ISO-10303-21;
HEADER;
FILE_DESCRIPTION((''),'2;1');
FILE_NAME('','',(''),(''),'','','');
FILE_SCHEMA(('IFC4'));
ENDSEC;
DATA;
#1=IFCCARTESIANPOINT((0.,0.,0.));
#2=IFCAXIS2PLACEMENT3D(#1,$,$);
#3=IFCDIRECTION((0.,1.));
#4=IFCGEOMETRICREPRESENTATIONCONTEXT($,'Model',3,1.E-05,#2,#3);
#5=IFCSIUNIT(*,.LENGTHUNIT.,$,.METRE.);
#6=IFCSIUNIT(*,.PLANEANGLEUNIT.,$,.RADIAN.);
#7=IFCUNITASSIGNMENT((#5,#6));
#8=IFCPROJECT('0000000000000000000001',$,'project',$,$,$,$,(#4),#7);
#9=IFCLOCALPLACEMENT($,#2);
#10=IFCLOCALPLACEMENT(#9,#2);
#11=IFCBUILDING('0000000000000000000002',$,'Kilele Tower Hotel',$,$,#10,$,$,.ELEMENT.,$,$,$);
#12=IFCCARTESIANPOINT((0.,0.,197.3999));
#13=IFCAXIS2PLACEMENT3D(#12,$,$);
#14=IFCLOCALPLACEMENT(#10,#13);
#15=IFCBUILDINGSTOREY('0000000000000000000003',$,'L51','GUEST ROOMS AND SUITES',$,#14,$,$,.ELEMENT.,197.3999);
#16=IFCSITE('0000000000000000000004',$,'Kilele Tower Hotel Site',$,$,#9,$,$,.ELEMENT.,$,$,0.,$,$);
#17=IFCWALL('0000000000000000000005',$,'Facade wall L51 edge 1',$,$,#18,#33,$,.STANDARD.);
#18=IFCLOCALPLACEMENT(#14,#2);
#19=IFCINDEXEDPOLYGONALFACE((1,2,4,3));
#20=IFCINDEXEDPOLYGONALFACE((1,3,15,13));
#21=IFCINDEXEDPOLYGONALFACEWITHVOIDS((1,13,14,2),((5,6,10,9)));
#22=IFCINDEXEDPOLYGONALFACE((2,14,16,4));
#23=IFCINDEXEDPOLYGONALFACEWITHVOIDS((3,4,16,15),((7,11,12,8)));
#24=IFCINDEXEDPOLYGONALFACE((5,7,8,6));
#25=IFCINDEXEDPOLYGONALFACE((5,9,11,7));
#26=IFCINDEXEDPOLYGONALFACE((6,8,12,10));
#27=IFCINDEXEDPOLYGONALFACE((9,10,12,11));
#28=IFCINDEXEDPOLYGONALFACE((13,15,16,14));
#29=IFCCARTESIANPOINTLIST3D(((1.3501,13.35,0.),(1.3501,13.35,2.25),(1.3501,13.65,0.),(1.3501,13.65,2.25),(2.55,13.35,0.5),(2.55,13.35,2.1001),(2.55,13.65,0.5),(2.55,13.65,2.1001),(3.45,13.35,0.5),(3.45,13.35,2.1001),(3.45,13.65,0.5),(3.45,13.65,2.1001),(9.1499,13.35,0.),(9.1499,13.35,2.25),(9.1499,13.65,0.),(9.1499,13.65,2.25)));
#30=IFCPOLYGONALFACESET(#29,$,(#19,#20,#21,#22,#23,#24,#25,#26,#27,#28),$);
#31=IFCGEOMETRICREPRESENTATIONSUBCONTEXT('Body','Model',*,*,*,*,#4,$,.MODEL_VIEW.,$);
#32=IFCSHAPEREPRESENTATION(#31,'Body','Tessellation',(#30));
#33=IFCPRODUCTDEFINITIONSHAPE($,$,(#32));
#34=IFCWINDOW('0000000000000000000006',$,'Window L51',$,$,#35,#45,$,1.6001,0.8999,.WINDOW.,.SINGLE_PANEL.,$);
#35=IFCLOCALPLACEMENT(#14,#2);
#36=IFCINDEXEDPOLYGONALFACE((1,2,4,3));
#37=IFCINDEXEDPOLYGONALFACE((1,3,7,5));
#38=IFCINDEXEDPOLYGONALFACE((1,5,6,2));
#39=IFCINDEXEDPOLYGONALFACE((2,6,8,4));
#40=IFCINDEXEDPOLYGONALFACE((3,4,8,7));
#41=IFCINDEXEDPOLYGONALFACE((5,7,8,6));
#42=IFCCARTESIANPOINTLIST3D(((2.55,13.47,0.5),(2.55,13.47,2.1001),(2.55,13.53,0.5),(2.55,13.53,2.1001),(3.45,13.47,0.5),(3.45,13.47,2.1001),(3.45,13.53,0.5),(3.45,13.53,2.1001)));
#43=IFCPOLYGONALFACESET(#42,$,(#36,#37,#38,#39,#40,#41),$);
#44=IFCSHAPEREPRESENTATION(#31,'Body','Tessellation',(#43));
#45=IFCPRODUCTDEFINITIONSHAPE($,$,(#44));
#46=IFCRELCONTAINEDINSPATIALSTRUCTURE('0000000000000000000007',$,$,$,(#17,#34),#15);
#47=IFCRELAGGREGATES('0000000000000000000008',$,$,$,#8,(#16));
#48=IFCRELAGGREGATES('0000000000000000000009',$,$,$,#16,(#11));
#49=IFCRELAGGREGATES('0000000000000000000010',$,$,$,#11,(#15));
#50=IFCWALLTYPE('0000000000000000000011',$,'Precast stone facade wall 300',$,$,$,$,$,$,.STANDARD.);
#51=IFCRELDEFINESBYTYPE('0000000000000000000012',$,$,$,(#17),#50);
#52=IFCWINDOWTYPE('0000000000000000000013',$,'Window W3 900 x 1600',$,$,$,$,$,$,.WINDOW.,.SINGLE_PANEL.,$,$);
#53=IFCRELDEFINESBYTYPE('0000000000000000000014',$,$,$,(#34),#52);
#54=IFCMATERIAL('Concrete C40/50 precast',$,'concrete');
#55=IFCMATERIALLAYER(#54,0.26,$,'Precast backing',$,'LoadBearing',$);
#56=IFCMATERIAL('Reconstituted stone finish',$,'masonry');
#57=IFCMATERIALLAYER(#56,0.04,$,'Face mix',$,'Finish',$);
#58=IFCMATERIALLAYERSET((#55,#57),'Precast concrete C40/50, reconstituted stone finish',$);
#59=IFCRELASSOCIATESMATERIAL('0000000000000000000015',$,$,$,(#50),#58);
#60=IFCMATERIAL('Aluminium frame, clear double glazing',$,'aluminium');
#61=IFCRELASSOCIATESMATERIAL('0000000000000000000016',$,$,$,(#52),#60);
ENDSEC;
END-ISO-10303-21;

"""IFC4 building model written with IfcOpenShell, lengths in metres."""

from ifc_helpers import new_model, si_unit, direction, frame, frame_2d, origin, place, context, subcontext, project, spatial, rectangle, extrude, material, layer, layer_set, type_object, element, fill, save


model = new_model("IFC4")

# Units and contexts
model_context = context("Model", 3, precision=1e-05, world=origin(), true_north=direction((0.0, 1.0)))
body_context = subcontext(model_context, "Body", "Model", "MODEL_VIEW")
ifc_project = project(units=[si_unit("LENGTHUNIT", "METRE"), si_unit("PLANEANGLEUNIT", "RADIAN")], contexts=[model_context])

# Site, building, storey
site_placement = place(None, origin())
site = spatial("IfcSite", under=ifc_project, at=site_placement, Name="Kilele Tower Hotel Site", CompositionType="ELEMENT", RefElevation=0.0)
building_placement = place(site_placement, origin())
building = spatial("IfcBuilding", under=site, at=building_placement, Name="Kilele Tower Hotel", CompositionType="ELEMENT")
storey_placement = place(building_placement, frame((0.0, 0.0, 197.3999)))
storey = spatial("IfcBuildingStorey", under=building, at=storey_placement, Name="L51", Description="GUEST ROOMS AND SUITES", CompositionType="ELEMENT", Elevation=197.3999)

# Wall, opening, window
ifc_material_1 = material(Name="Concrete C40/50 precast", Category="concrete")
ifc_layer_1 = layer(ifc_material_1, 0.26, Name="Precast backing", Category="LoadBearing")
ifc_material_2 = material(Name="Reconstituted stone finish", Category="masonry")
ifc_layer_2 = layer(ifc_material_2, 0.04, Name="Face mix", Category="Finish")
ifc_layer_set_1 = layer_set([ifc_layer_1, ifc_layer_2], Name="Precast concrete C40/50, reconstituted stone finish")
wall_type = type_object("IfcWallType", Name="Precast stone facade wall 300", PredefinedType="STANDARD", material=ifc_layer_set_1)
wall_1_placement = place(storey_placement, frame((1.3501, 13.5, 0.0), z_axis=(0.0, 0.0, 1.0), x_axis=(1.0, 0.0, 0.0)))
wall_1 = element("IfcWall", 1, at=wall_1_placement, inside=storey, type_object=wall_type, Name="Facade wall L51 edge 1", PredefinedType="STANDARD", context=body_context, shape_type="SweptSolid", body=[
    extrude(rectangle(XDim=7.7998, YDim=0.3, at=frame_2d((3.8999, 0.0))), origin(), (0.0, 0.0, 1.0), 2.25),
])
opening_1_placement = place(wall_1_placement, frame((1.2, 0.0, 0.5)))
opening_1 = element("IfcOpeningElement", 2, at=opening_1_placement, cuts=wall_1, PredefinedType="OPENING", context=body_context, shape_type="SweptSolid", body=[
    extrude(rectangle(XDim=0.8999, YDim=1.6001, at=frame_2d((0.45, 0.8))), frame((0.0, 0.1599, 0.0), z_axis=(0.0, -1.0, 0.0), x_axis=(1.0, 0.0, 0.0)), (0.0, 0.0, 1.0), 0.3201),
])
ifc_material_3 = material(Name="Aluminium frame, clear double glazing", Category="aluminium")
window_type_1 = type_object("IfcWindowType", Name="Window W3 900 x 1600", PartitioningType="SINGLE_PANEL", PredefinedType="WINDOW", material=ifc_material_3)
window_1_placement = place(opening_1_placement, origin())
window_1 = element("IfcWindow", 3, at=window_1_placement, inside=storey, type_object=window_type_1, Name="Window L51", OverallHeight=1.6001, OverallWidth=0.8999, PartitioningType="SINGLE_PANEL", PredefinedType="WINDOW", context=body_context, shape_type="SweptSolid", body=[
    extrude(rectangle(XDim=0.8999, YDim=1.6001, at=frame_2d((0.45, 0.8))), frame((0.0, 0.03, 0.0), z_axis=(0.0, -1.0, 0.0), x_axis=(1.0, 0.0, 0.0)), (0.0, 0.0, 1.0), 0.0601),
])
fill(opening_1, window_1)

save(model, "model.ifc")
